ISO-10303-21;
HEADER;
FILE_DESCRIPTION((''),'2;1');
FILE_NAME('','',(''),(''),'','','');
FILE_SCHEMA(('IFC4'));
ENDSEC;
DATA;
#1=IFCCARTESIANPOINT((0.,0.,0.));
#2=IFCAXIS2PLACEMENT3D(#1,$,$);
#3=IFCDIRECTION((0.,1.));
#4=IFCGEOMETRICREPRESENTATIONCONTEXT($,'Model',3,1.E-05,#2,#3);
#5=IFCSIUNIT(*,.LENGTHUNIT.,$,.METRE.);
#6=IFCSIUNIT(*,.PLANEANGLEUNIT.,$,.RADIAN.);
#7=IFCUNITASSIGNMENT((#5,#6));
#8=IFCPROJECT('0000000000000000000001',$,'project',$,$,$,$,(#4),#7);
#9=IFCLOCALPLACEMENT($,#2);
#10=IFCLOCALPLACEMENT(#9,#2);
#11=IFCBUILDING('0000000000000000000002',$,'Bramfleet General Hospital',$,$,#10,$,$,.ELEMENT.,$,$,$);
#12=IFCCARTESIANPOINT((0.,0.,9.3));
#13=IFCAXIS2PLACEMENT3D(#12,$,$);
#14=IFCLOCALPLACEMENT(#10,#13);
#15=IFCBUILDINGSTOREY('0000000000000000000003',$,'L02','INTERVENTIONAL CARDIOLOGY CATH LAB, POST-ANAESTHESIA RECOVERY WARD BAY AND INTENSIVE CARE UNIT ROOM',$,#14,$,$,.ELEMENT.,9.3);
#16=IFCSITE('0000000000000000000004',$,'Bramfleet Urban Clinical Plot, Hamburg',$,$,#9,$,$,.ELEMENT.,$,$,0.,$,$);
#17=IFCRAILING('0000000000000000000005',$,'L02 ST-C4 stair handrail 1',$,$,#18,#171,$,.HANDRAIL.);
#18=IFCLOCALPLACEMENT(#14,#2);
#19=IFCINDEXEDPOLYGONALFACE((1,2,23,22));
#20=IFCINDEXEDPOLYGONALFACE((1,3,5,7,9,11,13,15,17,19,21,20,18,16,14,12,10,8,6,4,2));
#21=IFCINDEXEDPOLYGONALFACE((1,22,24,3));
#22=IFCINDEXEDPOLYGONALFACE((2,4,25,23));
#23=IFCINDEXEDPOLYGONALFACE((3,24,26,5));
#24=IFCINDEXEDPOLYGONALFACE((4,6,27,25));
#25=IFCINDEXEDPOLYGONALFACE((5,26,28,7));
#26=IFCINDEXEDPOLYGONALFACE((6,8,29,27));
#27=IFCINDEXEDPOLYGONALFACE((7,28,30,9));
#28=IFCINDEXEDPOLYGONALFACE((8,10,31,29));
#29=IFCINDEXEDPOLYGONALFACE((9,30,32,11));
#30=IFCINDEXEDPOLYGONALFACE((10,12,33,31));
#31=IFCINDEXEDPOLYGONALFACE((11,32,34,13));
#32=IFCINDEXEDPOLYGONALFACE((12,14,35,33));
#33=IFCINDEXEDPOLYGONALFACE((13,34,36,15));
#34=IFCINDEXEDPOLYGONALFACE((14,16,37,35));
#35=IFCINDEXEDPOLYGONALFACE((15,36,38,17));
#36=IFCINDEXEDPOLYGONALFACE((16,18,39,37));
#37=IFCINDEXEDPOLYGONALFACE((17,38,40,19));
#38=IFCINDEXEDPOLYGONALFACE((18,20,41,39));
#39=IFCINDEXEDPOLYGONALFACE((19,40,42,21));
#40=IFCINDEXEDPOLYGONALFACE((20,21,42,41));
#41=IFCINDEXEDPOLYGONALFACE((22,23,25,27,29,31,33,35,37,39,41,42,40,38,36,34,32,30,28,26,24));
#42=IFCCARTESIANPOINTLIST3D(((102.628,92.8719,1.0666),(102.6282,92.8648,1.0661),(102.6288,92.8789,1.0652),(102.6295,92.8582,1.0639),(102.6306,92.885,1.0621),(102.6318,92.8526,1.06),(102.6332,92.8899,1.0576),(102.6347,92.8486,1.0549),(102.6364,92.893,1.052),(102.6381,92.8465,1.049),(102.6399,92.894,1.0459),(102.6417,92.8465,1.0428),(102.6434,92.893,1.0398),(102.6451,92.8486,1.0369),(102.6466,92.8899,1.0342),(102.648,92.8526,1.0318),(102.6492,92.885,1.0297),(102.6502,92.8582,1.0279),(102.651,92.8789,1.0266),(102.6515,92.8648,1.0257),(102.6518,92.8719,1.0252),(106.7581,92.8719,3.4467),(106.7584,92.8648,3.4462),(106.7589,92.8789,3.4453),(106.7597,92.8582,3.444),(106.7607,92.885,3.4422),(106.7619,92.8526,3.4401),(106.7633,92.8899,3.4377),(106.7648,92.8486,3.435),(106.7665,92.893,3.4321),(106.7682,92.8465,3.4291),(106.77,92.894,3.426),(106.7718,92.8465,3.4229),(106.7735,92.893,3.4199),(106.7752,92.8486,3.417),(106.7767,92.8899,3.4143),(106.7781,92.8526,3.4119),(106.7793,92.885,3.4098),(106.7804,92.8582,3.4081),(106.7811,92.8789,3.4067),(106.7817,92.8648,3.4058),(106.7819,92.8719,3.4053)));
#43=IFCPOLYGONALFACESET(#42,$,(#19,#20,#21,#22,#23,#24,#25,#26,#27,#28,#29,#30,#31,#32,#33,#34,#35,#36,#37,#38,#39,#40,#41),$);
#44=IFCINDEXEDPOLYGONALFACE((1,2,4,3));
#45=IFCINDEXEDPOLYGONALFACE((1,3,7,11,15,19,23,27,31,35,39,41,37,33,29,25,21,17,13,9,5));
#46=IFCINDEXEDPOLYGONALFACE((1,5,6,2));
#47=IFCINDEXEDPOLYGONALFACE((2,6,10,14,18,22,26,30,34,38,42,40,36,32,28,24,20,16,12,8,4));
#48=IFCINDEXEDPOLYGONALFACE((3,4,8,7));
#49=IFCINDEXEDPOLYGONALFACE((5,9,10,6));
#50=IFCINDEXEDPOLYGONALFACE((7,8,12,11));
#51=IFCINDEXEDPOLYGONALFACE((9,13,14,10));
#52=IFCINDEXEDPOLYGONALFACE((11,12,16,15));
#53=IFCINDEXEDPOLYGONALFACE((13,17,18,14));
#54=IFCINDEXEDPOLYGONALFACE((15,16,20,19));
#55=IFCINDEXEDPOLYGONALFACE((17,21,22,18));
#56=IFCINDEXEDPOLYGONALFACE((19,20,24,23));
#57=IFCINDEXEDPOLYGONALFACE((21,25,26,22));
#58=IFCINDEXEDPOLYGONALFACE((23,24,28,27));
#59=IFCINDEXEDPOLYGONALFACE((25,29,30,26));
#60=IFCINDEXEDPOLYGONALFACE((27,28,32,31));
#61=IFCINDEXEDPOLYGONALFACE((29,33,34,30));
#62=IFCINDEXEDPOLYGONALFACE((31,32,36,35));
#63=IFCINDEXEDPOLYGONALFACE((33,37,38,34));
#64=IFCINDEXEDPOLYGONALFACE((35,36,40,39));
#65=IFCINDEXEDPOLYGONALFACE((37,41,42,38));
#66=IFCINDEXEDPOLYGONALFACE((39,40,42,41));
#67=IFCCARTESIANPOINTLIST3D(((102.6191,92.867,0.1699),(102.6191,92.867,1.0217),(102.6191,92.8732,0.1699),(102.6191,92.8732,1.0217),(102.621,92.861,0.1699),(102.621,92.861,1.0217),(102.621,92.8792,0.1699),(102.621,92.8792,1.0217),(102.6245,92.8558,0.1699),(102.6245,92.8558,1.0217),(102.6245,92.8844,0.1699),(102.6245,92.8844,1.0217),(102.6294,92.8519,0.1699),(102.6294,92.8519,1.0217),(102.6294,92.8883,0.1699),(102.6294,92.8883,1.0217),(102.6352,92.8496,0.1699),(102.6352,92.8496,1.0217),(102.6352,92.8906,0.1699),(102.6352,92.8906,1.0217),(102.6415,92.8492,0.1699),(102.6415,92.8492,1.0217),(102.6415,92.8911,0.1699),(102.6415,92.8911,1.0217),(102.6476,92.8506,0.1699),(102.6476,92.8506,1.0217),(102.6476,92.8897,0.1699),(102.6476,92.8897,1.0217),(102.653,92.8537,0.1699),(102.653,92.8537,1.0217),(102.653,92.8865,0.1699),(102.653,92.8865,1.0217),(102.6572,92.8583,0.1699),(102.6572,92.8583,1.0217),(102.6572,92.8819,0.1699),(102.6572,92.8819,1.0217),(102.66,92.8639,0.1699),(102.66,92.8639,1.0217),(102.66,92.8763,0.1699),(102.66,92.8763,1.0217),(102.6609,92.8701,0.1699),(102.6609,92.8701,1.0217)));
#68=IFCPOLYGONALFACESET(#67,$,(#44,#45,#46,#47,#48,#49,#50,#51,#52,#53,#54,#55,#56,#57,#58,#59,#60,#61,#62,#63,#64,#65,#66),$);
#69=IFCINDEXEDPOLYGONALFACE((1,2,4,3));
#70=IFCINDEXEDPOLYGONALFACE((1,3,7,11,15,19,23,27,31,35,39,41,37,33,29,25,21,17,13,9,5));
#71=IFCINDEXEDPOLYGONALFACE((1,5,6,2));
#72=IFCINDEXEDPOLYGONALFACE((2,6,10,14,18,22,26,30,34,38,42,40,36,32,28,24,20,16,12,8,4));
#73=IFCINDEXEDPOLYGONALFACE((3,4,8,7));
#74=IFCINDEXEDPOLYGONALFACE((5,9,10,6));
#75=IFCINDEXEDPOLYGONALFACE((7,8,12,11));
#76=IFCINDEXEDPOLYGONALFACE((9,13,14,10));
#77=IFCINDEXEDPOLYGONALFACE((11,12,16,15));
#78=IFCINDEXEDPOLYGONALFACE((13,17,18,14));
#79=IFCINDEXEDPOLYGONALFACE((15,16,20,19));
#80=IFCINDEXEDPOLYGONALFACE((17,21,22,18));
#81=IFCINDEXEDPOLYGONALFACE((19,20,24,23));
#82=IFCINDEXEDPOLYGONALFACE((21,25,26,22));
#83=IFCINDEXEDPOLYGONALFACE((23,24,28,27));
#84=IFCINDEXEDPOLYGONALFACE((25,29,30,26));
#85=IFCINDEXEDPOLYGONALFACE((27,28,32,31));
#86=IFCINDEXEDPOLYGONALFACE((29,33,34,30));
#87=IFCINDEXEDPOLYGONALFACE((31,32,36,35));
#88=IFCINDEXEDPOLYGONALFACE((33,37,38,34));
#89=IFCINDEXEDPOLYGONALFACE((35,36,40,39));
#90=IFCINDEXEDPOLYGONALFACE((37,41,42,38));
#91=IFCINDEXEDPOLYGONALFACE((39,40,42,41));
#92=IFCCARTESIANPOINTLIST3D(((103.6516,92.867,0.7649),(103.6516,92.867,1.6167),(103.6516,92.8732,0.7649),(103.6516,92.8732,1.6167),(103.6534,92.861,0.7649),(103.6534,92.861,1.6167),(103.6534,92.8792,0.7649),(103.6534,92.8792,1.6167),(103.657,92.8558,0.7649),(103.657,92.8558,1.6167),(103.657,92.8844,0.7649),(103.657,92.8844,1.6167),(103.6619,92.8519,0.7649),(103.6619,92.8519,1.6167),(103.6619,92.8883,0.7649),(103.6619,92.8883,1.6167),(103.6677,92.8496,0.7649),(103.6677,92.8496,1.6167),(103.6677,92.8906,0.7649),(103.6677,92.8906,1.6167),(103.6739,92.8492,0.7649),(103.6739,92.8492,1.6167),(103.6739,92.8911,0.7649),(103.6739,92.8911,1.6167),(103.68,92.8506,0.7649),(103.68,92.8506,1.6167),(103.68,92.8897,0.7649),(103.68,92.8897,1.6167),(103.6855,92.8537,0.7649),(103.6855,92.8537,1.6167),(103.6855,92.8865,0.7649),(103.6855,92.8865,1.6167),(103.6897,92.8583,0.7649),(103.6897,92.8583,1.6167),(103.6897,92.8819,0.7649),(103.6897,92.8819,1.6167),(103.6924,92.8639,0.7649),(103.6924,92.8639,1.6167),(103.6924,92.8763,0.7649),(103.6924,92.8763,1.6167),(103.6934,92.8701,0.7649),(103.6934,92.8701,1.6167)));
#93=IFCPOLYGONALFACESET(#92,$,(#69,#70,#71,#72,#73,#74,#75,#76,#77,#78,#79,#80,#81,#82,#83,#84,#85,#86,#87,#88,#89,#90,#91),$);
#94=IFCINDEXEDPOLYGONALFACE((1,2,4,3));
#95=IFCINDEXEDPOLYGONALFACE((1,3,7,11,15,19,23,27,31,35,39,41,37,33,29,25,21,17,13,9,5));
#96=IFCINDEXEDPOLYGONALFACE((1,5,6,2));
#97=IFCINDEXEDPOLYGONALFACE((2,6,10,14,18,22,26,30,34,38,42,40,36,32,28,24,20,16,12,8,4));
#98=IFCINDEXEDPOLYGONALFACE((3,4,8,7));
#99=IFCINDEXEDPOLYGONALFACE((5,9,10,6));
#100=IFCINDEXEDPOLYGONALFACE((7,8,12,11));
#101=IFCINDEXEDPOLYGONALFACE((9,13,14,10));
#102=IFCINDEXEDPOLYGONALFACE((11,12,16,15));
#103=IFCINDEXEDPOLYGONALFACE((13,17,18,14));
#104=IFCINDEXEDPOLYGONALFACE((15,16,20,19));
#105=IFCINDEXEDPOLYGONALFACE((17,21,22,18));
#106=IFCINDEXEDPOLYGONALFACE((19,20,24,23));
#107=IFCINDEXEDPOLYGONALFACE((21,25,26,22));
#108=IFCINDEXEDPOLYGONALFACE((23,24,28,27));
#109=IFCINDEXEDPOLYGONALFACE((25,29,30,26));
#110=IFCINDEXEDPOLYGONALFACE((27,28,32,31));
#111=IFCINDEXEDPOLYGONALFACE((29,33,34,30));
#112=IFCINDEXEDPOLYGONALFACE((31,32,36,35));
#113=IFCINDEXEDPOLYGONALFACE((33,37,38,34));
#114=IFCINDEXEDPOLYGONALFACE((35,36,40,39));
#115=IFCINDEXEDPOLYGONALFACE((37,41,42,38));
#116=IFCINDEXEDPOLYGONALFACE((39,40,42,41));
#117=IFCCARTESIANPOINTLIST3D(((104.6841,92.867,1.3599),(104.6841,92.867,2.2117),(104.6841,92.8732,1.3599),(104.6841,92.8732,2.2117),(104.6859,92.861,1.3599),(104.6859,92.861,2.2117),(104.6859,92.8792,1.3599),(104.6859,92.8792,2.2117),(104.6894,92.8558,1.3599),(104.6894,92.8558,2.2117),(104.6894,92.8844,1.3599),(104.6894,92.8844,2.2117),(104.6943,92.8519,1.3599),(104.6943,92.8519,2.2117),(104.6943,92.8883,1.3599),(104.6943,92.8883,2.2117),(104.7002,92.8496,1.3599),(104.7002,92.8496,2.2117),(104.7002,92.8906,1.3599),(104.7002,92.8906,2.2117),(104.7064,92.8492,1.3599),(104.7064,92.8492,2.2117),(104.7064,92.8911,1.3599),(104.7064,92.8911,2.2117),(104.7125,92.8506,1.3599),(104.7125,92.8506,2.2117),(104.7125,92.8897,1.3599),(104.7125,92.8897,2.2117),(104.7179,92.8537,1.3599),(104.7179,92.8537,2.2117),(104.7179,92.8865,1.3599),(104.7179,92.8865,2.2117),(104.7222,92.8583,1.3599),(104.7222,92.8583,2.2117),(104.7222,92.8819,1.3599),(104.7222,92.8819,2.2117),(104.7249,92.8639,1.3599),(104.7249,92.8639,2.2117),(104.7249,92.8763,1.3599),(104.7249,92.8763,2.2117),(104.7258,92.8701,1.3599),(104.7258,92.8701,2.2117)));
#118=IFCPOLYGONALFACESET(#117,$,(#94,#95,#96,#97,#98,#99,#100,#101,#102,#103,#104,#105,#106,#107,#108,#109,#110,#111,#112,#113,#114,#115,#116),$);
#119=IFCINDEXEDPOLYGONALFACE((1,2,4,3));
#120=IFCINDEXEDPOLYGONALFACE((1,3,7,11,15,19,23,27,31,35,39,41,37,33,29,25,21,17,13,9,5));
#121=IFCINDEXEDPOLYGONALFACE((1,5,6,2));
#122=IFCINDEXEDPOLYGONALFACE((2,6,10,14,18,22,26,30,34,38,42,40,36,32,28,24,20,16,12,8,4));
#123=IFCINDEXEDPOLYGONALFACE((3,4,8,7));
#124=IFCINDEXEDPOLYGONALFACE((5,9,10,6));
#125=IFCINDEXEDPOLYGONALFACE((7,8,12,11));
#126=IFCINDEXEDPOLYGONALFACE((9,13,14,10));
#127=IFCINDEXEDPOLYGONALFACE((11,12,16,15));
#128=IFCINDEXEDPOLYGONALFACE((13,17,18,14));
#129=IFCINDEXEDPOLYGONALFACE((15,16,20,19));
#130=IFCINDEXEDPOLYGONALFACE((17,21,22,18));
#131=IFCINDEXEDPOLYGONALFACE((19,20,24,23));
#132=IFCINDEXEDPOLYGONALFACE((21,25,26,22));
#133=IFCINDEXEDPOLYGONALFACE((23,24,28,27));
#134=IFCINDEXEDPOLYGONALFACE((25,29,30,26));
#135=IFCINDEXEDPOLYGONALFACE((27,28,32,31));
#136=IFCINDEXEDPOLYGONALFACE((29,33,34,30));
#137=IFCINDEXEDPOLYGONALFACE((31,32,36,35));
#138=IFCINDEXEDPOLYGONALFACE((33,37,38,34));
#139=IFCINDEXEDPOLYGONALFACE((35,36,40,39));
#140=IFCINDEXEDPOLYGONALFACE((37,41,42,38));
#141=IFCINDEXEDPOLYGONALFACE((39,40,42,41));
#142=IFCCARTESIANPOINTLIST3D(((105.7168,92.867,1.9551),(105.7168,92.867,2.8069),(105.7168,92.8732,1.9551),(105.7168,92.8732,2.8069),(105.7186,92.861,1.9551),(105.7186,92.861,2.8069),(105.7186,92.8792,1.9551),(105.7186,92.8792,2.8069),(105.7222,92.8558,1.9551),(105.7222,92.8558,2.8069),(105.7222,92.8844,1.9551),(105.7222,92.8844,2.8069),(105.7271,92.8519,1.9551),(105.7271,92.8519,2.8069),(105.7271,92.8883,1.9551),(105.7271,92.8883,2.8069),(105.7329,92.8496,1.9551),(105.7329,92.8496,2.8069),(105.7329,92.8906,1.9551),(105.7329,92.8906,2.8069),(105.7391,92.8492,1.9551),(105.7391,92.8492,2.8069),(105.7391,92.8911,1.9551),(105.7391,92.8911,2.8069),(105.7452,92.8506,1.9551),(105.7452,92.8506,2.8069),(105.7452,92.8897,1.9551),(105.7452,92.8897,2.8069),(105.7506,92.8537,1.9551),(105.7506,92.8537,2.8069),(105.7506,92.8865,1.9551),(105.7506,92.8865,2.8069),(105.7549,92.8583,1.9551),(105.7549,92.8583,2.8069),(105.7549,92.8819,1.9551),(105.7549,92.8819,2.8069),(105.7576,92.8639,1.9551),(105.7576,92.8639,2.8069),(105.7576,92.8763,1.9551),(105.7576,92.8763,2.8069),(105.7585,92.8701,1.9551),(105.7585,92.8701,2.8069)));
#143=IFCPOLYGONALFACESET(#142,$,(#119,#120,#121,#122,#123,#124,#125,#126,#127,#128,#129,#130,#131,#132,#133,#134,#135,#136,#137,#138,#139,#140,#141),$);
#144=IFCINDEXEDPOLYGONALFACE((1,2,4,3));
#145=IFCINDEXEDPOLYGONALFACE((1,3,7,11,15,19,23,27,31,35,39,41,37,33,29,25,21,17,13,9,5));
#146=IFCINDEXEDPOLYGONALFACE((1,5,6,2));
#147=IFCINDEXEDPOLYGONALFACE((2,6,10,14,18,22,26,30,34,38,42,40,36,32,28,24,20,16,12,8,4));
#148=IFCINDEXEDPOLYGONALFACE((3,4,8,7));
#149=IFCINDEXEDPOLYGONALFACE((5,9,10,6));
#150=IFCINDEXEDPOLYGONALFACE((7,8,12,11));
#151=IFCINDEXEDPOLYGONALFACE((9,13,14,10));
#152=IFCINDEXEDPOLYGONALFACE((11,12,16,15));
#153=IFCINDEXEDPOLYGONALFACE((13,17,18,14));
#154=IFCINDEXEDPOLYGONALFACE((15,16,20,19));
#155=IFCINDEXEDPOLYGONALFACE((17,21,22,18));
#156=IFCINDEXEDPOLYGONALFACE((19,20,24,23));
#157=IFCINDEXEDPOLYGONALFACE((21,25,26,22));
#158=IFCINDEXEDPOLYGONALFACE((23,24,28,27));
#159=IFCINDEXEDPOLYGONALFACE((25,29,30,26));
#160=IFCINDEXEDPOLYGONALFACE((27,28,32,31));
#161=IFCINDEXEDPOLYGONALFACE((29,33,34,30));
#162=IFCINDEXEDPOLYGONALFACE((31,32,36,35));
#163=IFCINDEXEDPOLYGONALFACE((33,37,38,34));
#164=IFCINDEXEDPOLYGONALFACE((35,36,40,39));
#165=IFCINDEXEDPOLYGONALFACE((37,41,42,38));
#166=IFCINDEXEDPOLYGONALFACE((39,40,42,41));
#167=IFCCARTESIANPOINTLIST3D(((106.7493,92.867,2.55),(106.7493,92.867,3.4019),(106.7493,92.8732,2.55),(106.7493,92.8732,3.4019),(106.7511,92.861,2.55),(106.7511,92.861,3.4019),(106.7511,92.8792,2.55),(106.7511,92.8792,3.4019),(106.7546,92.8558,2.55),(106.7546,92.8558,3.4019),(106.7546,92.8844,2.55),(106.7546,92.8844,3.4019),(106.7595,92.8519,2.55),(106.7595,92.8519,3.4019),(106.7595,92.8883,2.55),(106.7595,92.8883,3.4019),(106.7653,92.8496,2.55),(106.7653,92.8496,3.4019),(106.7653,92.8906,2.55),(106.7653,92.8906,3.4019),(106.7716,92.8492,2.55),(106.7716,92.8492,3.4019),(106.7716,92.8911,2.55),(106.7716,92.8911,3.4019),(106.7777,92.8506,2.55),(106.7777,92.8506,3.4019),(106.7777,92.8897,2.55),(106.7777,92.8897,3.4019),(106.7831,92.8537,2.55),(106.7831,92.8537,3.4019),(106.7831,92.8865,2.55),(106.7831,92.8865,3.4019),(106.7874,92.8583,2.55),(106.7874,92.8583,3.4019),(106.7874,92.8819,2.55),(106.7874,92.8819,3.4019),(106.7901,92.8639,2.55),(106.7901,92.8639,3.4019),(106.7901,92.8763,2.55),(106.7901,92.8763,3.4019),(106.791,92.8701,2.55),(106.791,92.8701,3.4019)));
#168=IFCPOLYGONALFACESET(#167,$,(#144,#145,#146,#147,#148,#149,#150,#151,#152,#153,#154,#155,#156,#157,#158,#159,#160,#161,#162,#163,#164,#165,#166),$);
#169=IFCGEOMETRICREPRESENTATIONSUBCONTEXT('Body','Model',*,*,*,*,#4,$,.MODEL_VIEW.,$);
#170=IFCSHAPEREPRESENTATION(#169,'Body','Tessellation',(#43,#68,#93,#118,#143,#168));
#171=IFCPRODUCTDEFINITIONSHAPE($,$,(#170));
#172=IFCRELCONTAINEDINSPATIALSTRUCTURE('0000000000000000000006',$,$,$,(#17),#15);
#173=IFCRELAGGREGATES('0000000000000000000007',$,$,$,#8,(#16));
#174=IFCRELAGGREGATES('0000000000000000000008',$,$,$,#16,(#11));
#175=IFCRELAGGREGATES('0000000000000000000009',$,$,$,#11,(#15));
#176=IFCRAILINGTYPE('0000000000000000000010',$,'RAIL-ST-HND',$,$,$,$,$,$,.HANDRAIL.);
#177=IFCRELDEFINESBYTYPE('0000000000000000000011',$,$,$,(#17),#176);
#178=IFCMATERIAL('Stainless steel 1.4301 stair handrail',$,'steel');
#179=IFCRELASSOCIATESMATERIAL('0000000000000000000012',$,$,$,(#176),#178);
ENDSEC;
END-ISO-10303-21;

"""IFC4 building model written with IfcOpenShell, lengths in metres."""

from ifc_helpers import new_model, si_unit, direction, frame, origin, origin_2d, place, context, subcontext, project, spatial, circle, extrude, material, type_object, element, save


model = new_model("IFC4")

# Units and contexts
model_context = context("Model", 3, precision=1e-05, world=origin(), true_north=direction((0.0, 1.0)))
body_context = subcontext(model_context, "Body", "Model", "MODEL_VIEW")
ifc_project = project(units=[si_unit("LENGTHUNIT", "METRE"), si_unit("PLANEANGLEUNIT", "RADIAN")], contexts=[model_context])

# Site, building, storey
site_placement = place(None, origin())
site = spatial("IfcSite", under=ifc_project, at=site_placement, Name="Bramfleet Urban Clinical Plot, Hamburg", CompositionType="ELEMENT", RefElevation=0.0)
building_placement = place(site_placement, origin())
building = spatial("IfcBuilding", under=site, at=building_placement, Name="Bramfleet General Hospital", CompositionType="ELEMENT")
storey_placement = place(building_placement, frame((0.0, 0.0, 9.3)))
storey = spatial("IfcBuildingStorey", under=building, at=storey_placement, Name="L02", Description="INTERVENTIONAL CARDIOLOGY CATH LAB, POST-ANAESTHESIA RECOVERY WARD BAY AND INTENSIVE CARE UNIT ROOM", CompositionType="ELEMENT", Elevation=9.3)

# Railing
ifc_material_1 = material(Name="Stainless steel 1.4301 stair handrail", Category="steel")
railing_type_1 = type_object("IfcRailingType", Name="RAIL-ST-HND", PredefinedType="HANDRAIL", material=ifc_material_1)
railing_1_placement = place(storey_placement, frame((102.6399, 92.8701, 0.1699)))
element("IfcRailing", 1, at=railing_1_placement, inside=storey, type_object=railing_type_1, Name="L02 ST-C4 stair handrail 1", PredefinedType="HANDRAIL", context=body_context, shape_type="SweptSolid", body=[
    extrude(circle(Radius=0.0239, at=origin_2d()), frame((0.0, 0.0, 0.876), z_axis=(0.866425, 0.0, 0.499307), x_axis=(0.0, 1.0, 0.0)), (0.0, 0.0, 1.0), 4.7668),
    extrude(circle(Radius=0.021, at=origin_2d()), origin(), (0.0, 0.0, 1.0), 0.8518),
    extrude(circle(Radius=0.021, at=origin_2d()), frame((1.0325, 0.0, 0.595)), (0.0, 0.0, 1.0), 0.8518),
    extrude(circle(Radius=0.021, at=origin_2d()), frame((2.0649, 0.0, 1.1899)), (0.0, 0.0, 1.0), 0.8518),
    extrude(circle(Radius=0.021, at=origin_2d()), frame((3.0977, 0.0, 1.7852)), (0.0, 0.0, 1.0), 0.8518),
    extrude(circle(Radius=0.021, at=origin_2d()), frame((4.1301, 0.0, 2.3801)), (0.0, 0.0, 1.0), 0.8518),
])

save(model, "model.ifc")
